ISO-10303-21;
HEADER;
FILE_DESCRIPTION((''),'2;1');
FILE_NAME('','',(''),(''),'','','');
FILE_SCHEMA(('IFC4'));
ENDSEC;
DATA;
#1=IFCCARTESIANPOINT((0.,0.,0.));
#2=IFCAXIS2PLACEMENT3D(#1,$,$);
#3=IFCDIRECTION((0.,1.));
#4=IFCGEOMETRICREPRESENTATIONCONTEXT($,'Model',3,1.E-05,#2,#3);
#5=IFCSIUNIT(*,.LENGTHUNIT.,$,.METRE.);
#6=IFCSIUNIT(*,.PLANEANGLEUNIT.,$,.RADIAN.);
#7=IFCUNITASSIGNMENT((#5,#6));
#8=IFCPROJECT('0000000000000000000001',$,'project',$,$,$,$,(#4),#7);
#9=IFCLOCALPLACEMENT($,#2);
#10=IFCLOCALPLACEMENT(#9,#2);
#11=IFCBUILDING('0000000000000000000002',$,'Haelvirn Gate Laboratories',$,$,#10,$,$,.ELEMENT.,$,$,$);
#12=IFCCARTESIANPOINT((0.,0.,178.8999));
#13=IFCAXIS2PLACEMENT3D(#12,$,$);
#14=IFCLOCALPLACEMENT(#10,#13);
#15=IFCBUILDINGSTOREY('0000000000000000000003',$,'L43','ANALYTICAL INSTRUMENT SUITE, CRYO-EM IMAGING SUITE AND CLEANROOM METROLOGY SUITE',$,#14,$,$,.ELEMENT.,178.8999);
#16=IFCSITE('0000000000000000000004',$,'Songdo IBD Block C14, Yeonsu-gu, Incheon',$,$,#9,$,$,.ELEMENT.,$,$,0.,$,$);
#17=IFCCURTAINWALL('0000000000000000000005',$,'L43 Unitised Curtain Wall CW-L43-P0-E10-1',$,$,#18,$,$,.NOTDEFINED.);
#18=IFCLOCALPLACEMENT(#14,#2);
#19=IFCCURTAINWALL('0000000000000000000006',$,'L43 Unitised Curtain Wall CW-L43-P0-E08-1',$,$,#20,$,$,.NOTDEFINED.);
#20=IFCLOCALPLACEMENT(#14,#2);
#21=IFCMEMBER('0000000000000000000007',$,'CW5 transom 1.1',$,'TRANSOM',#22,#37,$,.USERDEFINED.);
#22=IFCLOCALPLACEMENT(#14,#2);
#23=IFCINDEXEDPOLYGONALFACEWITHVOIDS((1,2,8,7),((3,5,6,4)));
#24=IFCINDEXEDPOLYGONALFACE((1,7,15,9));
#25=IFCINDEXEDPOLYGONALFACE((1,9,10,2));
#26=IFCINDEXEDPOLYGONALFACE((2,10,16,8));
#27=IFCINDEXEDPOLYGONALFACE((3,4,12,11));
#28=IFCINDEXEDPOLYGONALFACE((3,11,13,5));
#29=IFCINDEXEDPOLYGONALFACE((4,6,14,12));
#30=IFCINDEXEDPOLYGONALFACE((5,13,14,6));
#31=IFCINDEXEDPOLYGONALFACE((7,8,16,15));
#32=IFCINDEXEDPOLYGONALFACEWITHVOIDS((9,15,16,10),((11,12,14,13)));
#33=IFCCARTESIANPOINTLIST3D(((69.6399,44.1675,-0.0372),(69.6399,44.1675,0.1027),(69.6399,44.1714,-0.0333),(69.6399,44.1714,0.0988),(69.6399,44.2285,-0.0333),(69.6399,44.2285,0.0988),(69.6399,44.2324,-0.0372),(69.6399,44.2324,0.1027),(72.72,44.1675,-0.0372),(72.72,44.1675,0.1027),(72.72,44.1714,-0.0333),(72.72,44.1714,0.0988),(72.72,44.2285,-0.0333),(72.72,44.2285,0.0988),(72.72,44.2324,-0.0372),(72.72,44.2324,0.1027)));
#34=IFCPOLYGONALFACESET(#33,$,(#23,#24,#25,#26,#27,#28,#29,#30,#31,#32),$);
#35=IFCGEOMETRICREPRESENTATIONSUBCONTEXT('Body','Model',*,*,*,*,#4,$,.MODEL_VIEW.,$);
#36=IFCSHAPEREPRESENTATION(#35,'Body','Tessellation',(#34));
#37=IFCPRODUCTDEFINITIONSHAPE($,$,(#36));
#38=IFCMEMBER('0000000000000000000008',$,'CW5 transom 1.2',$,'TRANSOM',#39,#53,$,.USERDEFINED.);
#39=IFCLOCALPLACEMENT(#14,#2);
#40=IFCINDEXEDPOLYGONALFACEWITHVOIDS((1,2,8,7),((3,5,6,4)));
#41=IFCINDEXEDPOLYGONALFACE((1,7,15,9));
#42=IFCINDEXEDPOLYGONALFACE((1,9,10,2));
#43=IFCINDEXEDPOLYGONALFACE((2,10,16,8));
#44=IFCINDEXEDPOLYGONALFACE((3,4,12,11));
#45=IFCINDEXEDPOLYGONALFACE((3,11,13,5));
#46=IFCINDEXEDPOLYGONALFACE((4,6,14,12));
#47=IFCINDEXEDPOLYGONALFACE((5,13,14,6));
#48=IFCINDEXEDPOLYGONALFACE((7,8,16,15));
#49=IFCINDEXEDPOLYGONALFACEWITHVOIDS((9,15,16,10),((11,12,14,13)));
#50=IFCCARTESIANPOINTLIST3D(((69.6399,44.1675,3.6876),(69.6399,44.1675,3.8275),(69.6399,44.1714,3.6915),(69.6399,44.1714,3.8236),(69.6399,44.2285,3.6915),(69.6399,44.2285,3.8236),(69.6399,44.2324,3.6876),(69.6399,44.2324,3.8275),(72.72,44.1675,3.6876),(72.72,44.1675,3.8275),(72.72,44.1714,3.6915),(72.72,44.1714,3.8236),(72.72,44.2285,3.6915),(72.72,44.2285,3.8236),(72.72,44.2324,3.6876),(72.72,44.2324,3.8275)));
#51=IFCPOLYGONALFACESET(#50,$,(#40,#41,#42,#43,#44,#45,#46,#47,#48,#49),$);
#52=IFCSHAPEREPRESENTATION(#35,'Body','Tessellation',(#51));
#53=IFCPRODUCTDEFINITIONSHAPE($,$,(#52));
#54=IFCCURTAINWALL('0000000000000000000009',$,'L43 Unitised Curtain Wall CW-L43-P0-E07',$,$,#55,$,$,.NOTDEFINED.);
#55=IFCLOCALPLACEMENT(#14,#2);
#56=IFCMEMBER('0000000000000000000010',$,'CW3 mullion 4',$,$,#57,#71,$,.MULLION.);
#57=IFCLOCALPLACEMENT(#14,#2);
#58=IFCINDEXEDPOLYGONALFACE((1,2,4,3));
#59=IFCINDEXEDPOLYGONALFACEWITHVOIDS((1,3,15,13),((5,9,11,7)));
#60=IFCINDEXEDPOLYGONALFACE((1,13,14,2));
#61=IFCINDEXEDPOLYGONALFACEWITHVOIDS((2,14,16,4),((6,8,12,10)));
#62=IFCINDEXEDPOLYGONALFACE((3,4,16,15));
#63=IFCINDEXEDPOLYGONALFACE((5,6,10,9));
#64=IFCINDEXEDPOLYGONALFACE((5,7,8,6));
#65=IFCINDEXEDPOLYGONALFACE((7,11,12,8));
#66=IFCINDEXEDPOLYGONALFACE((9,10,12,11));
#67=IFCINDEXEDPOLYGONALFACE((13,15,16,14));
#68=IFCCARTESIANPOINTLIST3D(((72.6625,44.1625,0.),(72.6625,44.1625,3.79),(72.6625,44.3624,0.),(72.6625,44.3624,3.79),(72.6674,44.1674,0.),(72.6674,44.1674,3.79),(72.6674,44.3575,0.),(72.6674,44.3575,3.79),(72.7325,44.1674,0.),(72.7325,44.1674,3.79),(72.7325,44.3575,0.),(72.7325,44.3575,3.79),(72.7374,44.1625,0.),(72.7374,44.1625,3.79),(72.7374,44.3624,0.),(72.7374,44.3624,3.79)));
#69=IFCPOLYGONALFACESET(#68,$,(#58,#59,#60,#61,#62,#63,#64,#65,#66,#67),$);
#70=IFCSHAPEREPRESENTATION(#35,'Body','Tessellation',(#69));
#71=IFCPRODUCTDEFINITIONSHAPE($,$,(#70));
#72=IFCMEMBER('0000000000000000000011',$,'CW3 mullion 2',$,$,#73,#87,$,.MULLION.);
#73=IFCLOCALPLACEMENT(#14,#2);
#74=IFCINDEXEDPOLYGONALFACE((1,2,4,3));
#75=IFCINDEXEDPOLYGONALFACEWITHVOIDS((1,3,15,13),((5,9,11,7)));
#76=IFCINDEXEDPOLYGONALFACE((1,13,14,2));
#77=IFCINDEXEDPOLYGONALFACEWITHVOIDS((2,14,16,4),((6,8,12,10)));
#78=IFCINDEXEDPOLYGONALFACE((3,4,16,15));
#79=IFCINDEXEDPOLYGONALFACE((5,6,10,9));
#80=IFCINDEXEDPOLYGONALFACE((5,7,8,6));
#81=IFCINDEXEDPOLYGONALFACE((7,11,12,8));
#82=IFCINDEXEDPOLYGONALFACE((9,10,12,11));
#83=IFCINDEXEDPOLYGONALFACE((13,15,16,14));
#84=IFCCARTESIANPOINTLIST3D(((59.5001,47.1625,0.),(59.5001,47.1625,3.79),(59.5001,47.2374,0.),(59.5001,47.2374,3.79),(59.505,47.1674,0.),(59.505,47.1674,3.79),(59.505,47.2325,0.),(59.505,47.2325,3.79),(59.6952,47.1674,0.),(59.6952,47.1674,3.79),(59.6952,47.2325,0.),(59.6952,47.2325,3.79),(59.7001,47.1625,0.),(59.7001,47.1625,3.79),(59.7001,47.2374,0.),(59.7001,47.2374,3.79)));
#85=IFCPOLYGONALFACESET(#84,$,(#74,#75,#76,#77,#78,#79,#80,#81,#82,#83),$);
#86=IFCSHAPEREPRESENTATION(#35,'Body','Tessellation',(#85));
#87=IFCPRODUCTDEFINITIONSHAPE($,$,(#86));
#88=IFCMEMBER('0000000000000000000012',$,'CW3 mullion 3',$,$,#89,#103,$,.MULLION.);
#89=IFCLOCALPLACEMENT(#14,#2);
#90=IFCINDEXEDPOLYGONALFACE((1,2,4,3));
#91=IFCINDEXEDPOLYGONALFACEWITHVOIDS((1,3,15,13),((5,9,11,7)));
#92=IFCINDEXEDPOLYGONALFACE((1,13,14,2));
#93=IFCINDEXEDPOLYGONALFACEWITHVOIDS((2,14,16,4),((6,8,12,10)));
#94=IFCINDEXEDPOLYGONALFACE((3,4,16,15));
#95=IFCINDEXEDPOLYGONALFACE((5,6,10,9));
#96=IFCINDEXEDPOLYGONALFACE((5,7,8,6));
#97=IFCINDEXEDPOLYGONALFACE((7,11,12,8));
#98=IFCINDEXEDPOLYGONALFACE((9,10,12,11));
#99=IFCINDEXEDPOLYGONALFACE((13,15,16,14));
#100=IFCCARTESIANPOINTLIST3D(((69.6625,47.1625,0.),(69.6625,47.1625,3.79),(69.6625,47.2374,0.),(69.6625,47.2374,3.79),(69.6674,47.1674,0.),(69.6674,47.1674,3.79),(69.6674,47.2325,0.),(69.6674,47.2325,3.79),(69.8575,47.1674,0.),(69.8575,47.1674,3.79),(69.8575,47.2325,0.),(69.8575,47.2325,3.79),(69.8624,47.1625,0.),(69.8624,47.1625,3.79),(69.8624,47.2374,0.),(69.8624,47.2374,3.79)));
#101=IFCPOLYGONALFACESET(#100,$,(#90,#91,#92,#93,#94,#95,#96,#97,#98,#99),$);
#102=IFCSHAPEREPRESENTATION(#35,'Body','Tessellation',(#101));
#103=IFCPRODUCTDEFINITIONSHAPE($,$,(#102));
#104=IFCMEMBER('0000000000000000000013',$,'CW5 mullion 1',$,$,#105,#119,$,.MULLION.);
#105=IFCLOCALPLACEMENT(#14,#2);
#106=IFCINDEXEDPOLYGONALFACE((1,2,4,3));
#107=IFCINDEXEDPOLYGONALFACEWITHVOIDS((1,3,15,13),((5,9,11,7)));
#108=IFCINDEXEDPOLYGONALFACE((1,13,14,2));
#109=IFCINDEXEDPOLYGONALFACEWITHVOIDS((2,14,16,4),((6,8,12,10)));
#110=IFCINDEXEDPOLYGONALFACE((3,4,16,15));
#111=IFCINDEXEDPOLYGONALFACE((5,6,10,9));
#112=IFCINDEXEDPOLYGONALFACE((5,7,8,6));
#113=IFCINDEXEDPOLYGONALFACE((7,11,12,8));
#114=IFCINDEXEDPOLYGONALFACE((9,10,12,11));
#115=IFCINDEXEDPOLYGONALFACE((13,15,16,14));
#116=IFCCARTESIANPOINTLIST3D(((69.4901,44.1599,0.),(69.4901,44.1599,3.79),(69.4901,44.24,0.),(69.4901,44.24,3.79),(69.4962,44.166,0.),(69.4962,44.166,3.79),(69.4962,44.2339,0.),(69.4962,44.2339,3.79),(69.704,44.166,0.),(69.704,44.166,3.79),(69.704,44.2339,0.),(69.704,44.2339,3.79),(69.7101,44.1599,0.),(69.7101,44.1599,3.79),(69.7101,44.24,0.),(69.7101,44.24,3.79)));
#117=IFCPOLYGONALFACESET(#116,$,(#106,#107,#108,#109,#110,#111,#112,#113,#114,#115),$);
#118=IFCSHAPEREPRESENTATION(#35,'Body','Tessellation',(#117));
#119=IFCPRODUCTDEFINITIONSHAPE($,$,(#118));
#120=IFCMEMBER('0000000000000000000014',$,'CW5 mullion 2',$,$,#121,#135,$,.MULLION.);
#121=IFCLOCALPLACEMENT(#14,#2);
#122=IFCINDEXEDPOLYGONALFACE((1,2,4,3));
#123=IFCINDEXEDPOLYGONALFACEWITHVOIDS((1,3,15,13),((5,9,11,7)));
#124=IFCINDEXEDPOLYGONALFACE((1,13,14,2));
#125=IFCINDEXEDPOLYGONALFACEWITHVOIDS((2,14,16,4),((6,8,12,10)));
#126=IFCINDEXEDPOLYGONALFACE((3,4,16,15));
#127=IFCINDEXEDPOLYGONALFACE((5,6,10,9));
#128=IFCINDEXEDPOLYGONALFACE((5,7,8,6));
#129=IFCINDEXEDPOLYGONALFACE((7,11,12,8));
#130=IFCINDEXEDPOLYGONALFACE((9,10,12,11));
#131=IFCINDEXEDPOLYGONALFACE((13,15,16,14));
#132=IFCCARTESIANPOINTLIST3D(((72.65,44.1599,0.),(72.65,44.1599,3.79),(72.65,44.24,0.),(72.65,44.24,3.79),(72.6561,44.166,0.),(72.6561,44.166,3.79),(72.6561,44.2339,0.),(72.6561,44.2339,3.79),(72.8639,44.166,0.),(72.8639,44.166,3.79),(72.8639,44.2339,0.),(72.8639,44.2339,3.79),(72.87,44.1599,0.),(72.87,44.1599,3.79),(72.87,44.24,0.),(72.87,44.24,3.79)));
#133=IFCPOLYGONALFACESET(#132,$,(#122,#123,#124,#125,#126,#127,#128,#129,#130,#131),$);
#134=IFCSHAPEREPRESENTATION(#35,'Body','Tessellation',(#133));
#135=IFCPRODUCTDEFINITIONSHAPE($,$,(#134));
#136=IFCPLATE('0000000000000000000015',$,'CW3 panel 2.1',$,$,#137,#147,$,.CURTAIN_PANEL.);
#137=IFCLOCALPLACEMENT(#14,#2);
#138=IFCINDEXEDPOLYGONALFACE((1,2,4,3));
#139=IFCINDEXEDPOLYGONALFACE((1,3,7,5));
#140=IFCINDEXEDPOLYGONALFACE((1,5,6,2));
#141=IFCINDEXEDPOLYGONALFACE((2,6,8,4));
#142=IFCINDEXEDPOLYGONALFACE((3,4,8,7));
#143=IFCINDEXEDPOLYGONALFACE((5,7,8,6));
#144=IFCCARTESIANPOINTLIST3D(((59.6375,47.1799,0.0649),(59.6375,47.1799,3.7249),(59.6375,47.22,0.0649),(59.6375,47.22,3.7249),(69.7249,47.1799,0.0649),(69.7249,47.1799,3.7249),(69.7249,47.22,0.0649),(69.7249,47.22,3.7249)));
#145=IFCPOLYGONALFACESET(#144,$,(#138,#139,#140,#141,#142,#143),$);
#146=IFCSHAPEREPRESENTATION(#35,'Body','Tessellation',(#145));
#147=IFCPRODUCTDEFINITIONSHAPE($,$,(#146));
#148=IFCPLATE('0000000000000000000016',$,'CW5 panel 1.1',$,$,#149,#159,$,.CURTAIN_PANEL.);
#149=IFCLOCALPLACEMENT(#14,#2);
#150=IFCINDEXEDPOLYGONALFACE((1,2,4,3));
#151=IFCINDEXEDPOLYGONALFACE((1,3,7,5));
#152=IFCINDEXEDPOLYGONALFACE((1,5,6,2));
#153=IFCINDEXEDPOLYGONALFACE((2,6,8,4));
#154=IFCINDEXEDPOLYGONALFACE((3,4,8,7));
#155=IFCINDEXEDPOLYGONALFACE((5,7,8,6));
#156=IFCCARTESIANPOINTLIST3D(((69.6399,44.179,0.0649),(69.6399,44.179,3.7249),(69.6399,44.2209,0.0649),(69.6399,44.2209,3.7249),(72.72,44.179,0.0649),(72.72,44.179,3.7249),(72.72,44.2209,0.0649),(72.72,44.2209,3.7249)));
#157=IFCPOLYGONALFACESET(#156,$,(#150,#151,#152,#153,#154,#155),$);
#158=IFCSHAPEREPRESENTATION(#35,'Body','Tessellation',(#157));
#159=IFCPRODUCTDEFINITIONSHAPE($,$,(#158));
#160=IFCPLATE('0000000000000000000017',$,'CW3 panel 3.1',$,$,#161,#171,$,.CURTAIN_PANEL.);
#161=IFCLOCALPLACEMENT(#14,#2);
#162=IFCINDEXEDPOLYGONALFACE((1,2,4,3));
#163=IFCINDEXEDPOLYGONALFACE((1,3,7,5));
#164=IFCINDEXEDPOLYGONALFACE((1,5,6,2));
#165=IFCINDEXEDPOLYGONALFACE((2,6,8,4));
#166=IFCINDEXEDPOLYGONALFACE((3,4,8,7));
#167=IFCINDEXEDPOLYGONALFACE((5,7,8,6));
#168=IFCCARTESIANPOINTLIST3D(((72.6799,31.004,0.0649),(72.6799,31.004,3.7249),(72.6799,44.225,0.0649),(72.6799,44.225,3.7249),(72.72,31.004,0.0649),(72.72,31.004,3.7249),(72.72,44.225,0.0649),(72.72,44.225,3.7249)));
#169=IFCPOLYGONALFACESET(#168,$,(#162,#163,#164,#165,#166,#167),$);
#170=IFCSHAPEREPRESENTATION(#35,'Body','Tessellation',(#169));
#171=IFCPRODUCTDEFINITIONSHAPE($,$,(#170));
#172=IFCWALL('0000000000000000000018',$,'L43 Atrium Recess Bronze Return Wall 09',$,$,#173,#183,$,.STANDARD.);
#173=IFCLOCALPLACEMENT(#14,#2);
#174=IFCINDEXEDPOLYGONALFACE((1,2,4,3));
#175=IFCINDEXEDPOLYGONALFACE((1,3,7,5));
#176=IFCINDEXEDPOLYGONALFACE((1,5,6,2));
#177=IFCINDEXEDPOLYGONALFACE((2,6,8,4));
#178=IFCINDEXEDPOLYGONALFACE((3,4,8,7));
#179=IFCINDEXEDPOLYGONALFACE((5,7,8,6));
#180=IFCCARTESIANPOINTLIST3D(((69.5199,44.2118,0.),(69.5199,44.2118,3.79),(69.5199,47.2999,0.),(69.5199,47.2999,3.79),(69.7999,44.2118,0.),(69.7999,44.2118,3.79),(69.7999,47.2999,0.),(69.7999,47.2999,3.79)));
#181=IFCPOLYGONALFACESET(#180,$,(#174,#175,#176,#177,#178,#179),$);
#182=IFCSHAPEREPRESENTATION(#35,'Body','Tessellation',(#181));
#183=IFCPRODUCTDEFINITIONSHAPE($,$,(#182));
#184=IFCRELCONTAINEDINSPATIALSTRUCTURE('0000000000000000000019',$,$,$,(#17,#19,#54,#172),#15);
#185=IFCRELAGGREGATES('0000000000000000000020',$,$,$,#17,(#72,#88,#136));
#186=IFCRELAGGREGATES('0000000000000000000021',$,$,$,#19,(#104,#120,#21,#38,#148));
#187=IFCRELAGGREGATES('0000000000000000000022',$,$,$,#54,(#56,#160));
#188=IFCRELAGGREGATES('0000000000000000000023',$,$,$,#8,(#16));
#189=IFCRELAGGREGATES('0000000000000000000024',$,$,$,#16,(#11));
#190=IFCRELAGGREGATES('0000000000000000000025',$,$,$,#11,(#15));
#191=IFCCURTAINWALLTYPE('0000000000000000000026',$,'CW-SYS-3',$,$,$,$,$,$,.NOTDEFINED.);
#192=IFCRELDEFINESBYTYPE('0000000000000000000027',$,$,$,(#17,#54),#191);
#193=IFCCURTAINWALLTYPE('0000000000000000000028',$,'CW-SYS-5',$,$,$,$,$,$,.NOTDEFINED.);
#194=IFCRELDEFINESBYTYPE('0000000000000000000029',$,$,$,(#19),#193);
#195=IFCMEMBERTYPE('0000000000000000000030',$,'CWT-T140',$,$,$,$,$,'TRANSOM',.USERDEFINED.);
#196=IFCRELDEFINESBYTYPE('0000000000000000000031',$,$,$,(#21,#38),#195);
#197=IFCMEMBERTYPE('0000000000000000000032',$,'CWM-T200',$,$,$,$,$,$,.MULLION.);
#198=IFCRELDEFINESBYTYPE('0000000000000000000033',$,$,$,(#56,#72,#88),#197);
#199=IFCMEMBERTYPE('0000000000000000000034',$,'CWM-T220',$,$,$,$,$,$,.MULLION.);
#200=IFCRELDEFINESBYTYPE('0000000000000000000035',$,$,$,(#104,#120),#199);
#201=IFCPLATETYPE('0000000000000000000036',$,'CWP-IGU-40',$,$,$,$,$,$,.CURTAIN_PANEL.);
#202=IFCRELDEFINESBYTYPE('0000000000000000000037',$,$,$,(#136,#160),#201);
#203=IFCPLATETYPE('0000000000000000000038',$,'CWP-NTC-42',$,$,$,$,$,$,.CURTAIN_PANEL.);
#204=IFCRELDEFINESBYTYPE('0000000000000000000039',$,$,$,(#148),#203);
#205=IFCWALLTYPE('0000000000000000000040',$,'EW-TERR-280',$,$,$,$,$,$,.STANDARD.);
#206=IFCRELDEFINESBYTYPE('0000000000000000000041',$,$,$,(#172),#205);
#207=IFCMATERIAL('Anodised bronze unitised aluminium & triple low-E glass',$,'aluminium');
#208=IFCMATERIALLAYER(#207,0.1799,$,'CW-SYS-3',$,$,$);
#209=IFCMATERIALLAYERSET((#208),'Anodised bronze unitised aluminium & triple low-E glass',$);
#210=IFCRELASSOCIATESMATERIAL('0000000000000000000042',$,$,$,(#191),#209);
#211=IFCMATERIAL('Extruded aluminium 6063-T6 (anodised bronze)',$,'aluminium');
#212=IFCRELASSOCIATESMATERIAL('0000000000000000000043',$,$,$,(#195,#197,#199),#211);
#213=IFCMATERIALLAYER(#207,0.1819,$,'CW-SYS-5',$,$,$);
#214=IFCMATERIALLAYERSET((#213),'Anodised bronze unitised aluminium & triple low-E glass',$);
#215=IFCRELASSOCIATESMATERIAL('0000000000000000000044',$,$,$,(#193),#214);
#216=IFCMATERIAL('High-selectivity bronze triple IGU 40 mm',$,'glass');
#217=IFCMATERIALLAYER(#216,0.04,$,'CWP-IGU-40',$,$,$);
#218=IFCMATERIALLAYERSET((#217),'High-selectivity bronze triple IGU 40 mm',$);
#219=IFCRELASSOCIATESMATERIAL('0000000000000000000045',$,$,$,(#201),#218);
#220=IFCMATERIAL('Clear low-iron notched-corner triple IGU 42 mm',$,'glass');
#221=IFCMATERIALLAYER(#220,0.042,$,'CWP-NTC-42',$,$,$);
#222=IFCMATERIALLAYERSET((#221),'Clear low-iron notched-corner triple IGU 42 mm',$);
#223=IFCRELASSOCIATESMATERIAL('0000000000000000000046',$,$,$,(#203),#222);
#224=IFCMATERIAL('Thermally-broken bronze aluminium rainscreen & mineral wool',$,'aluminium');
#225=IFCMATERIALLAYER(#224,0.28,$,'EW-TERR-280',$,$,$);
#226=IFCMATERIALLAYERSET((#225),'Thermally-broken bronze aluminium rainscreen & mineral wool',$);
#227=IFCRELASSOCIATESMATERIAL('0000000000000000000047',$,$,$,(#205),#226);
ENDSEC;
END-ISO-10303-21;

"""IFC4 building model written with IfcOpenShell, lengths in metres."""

from ifc_helpers import new_model, si_unit, direction, frame, frame_2d, origin, origin_2d, place, context, subcontext, project, spatial, rectangle, hollow_rectangle, extrude, source, transform, mapped, material, layer, layer_set, material_profile, profile_set, type_object, type_shapes, element, aggregate, save


model = new_model("IFC4")

# Units and contexts
model_context = context("Model", 3, precision=1e-05, world=origin(), true_north=direction((0.0, 1.0)))
body_context = subcontext(model_context, "Body", "Model", "MODEL_VIEW")
ifc_project = project(units=[si_unit("LENGTHUNIT", "METRE"), si_unit("PLANEANGLEUNIT", "RADIAN")], contexts=[model_context])

# Site, building, storey
site_placement = place(None, origin())
site = spatial("IfcSite", under=ifc_project, at=site_placement, Name="Songdo IBD Block C14, Yeonsu-gu, Incheon", CompositionType="ELEMENT", RefElevation=0.0)
building_placement = place(site_placement, origin())
building = spatial("IfcBuilding", under=site, at=building_placement, Name="Haelvirn Gate Laboratories", CompositionType="ELEMENT")
storey_placement = place(building_placement, frame((0.0, 0.0, 178.8999)))
storey = spatial("IfcBuildingStorey", under=building, at=storey_placement, Name="L43", Description="ANALYTICAL INSTRUMENT SUITE, CRYO-EM IMAGING SUITE AND CLEANROOM METROLOGY SUITE", CompositionType="ELEMENT", Elevation=178.8999)

# Curtain walls, members
ifc_material_1 = material(Name="Anodised bronze unitised aluminium & triple low-E glass", Category="aluminium")
ifc_layer_1 = layer(ifc_material_1, 0.1799, Name="CW-SYS-3")
ifc_layer_set_1 = layer_set([ifc_layer_1], Name="Anodised bronze unitised aluminium & triple low-E glass")
curtain_wall_type_1 = type_object("IfcCurtainWallType", Name="CW-SYS-3", PredefinedType="NOTDEFINED", material=ifc_layer_set_1)
curtain_wall_1_placement = place(storey_placement, origin())
curtain_wall_1 = element("IfcCurtainWall", 1, at=curtain_wall_1_placement, inside=storey, type_object=curtain_wall_type_1, Name="L43 Unitised Curtain Wall CW-L43-P0-E10-1", PredefinedType="NOTDEFINED")
ifc_material_2 = material(Name="Extruded aluminium 6063-T6 (anodised bronze)", Category="aluminium")
ifc_material_profile_1 = material_profile(ifc_material_2, hollow_rectangle(XDim=0.0649, YDim=0.1399, WallThickness=0.0039, at=origin_2d()), Name="CWT-140x65x4")
ifc_profile_set_1 = profile_set([ifc_material_profile_1], Name="Extruded aluminium 6063-T6 (anodised bronze)")
member_type_1 = type_object("IfcMemberType", Name="CWT-T140", ElementType="TRANSOM", PredefinedType="USERDEFINED", material=ifc_profile_set_1)
ifc_layer_2 = layer(ifc_material_1, 0.1819, Name="CW-SYS-5")
ifc_layer_set_2 = layer_set([ifc_layer_2], Name="Anodised bronze unitised aluminium & triple low-E glass")
curtain_wall_type_2 = type_object("IfcCurtainWallType", Name="CW-SYS-5", PredefinedType="NOTDEFINED", material=ifc_layer_set_2)
curtain_wall_2_placement = place(storey_placement, origin())
curtain_wall_2 = element("IfcCurtainWall", 2, at=curtain_wall_2_placement, inside=storey, type_object=curtain_wall_type_2, Name="L43 Unitised Curtain Wall CW-L43-P0-E08-1", PredefinedType="NOTDEFINED")
shared_shape_1 = source(origin(), body_context, "Body", "SweptSolid", [
    extrude(hollow_rectangle(XDim=0.0649, YDim=0.1399, WallThickness=0.0039, at=origin_2d()), origin(), (0.0, 0.0, 1.0), 3.0801),
])
member_1_placement = place(storey_placement, frame((69.6399, 44.2, 0.0327), z_axis=(1.0, 0.0, 0.0), x_axis=(0.0, 1.0, 0.0)))
member_1 = element("IfcMember", 3, at=member_1_placement, type_object=member_type_1, Name="CW5 transom 1.1", ObjectType="TRANSOM", PredefinedType="USERDEFINED", context=body_context, shape_type="MappedRepresentation", body=[
    mapped(shared_shape_1, transform((0.0, 0.0, 0.0), scale=1.0)),
])
member_2_placement = place(storey_placement, frame((69.6399, 44.2, 3.7576), z_axis=(1.0, 0.0, 0.0), x_axis=(0.0, 1.0, 0.0)))
member_2 = element("IfcMember", 4, at=member_2_placement, type_object=member_type_1, Name="CW5 transom 1.2", ObjectType="TRANSOM", PredefinedType="USERDEFINED", context=body_context, shape_type="MappedRepresentation", body=[
    mapped(shared_shape_1, transform((0.0, 0.0, 0.0), scale=1.0)),
])

# Curtain wall, member
curtain_wall_3_placement = place(storey_placement, origin())
curtain_wall_3 = element("IfcCurtainWall", 5, at=curtain_wall_3_placement, inside=storey, type_object=curtain_wall_type_1, Name="L43 Unitised Curtain Wall CW-L43-P0-E07", PredefinedType="NOTDEFINED")
ifc_material_profile_2 = material_profile(ifc_material_2, hollow_rectangle(XDim=0.075, YDim=0.2, WallThickness=0.0049, at=origin_2d()), Name="CWM-200x75x5")
ifc_profile_set_2 = profile_set([ifc_material_profile_2], Name="Extruded aluminium 6063-T6 (anodised bronze)")
member_type_2 = type_object("IfcMemberType", Name="CWM-T200", PredefinedType="MULLION", material=ifc_profile_set_2)
shared_shape_2 = source(origin(), body_context, "Body", "SweptSolid", [
    extrude(hollow_rectangle(XDim=0.075, YDim=0.2, WallThickness=0.0049, at=origin_2d()), origin(), (0.0, 0.0, 1.0), 3.79),
])
type_shapes(member_type_2, [shared_shape_2])
member_3_placement = place(storey_placement, frame((72.7, 44.2625, 0.0), z_axis=(0.0, 0.0, 1.0), x_axis=(-1.0, 0.0, 0.0)))
member_3 = element("IfcMember", 6, at=member_3_placement, type_object=member_type_2, Name="CW3 mullion 4", PredefinedType="MULLION", context=body_context, shape_type="MappedRepresentation", body=[
    mapped(shared_shape_2, transform((0.0, 0.0, 0.0), scale=1.0)),
])

# Members
member_4_placement = place(storey_placement, frame((59.6001, 47.2, 0.0), z_axis=(0.0, 0.0, 1.0), x_axis=(0.0, 1.0, 0.0)))
member_4 = element("IfcMember", 7, at=member_4_placement, type_object=member_type_2, Name="CW3 mullion 2", PredefinedType="MULLION", context=body_context, shape_type="MappedRepresentation", body=[
    mapped(shared_shape_2, transform((0.0, 0.0, 0.0), scale=1.0)),
])
member_5_placement = place(storey_placement, frame((69.7625, 47.2, 0.0), z_axis=(0.0, 0.0, 1.0), x_axis=(0.0, 1.0, 0.0)))
member_5 = element("IfcMember", 8, at=member_5_placement, type_object=member_type_2, Name="CW3 mullion 3", PredefinedType="MULLION", context=body_context, shape_type="MappedRepresentation", body=[
    mapped(shared_shape_2, transform((0.0, 0.0, 0.0), scale=1.0)),
])
ifc_material_profile_3 = material_profile(ifc_material_2, hollow_rectangle(XDim=0.0801, YDim=0.22, WallThickness=0.0061, at=origin_2d()), Name="CWM-220x80x6")
ifc_profile_set_3 = profile_set([ifc_material_profile_3], Name="Extruded aluminium 6063-T6 (anodised bronze)")
member_type_3 = type_object("IfcMemberType", Name="CWM-T220", PredefinedType="MULLION", material=ifc_profile_set_3)
shared_shape_3 = source(origin(), body_context, "Body", "SweptSolid", [
    extrude(hollow_rectangle(XDim=0.0801, YDim=0.22, WallThickness=0.0061, at=origin_2d()), origin(), (0.0, 0.0, 1.0), 3.79),
])
type_shapes(member_type_3, [shared_shape_3])
member_6_placement = place(storey_placement, frame((69.6001, 44.2, 0.0), z_axis=(0.0, 0.0, 1.0), x_axis=(0.0, 1.0, 0.0)))
member_6 = element("IfcMember", 9, at=member_6_placement, type_object=member_type_3, Name="CW5 mullion 1", PredefinedType="MULLION", context=body_context, shape_type="MappedRepresentation", body=[
    mapped(shared_shape_3, transform((0.0, 0.0, 0.0), scale=1.0)),
])
member_7_placement = place(storey_placement, frame((72.76, 44.2, 0.0), z_axis=(0.0, 0.0, 1.0), x_axis=(0.0, 1.0, 0.0)))
member_7 = element("IfcMember", 10, at=member_7_placement, type_object=member_type_3, Name="CW5 mullion 2", PredefinedType="MULLION", context=body_context, shape_type="MappedRepresentation", body=[
    mapped(shared_shape_3, transform((0.0, 0.0, 0.0), scale=1.0)),
])

# Plates
ifc_material_3 = material(Name="High-selectivity bronze triple IGU 40 mm", Category="glass")
ifc_layer_3 = layer(ifc_material_3, 0.04, Name="CWP-IGU-40")
ifc_layer_set_3 = layer_set([ifc_layer_3], Name="High-selectivity bronze triple IGU 40 mm")
plate_type_1 = type_object("IfcPlateType", Name="CWP-IGU-40", PredefinedType="CURTAIN_PANEL", material=ifc_layer_set_3)
shared_shape_4 = source(origin(), body_context, "Body", "SweptSolid", [
    extrude(rectangle(XDim=10.0874, YDim=0.04, at=origin_2d()), origin(), (0.0, 0.0, 1.0), 3.6599),
])
plate_1_placement = place(storey_placement, frame((64.6812, 47.2, 0.0649), z_axis=(0.0, 0.0, 1.0), x_axis=(1.0, 0.0, 0.0)))
plate_1 = element("IfcPlate", 11, at=plate_1_placement, type_object=plate_type_1, Name="CW3 panel 2.1", PredefinedType="CURTAIN_PANEL", context=body_context, shape_type="MappedRepresentation", body=[
    mapped(shared_shape_4, transform((0.0, 0.0, 0.0), scale=1.0)),
])
aggregate(curtain_wall_1, [member_4, member_5, plate_1])
ifc_material_4 = material(Name="Clear low-iron notched-corner triple IGU 42 mm", Category="glass")
ifc_layer_4 = layer(ifc_material_4, 0.042, Name="CWP-NTC-42")
ifc_layer_set_4 = layer_set([ifc_layer_4], Name="Clear low-iron notched-corner triple IGU 42 mm")
plate_type_2 = type_object("IfcPlateType", Name="CWP-NTC-42", PredefinedType="CURTAIN_PANEL", material=ifc_layer_set_4)
shared_shape_5 = source(origin(), body_context, "Body", "SweptSolid", [
    extrude(rectangle(XDim=3.0801, YDim=0.042, at=origin_2d()), origin(), (0.0, 0.0, 1.0), 3.6599),
])
type_shapes(plate_type_2, [shared_shape_5])
plate_2_placement = place(storey_placement, frame((71.1799, 44.2, 0.0649), z_axis=(0.0, 0.0, 1.0), x_axis=(1.0, 0.0, 0.0)))
plate_2 = element("IfcPlate", 12, at=plate_2_placement, type_object=plate_type_2, Name="CW5 panel 1.1", PredefinedType="CURTAIN_PANEL", context=body_context, shape_type="MappedRepresentation", body=[
    mapped(shared_shape_5, transform((0.0, 0.0, 0.0), scale=1.0)),
])
aggregate(curtain_wall_2, [member_6, member_7, member_1, member_2, plate_2])
shared_shape_6 = source(origin(), body_context, "Body", "SweptSolid", [
    extrude(rectangle(XDim=13.2209, YDim=0.04, at=origin_2d()), origin(), (0.0, 0.0, 1.0), 3.6599),
])
type_shapes(plate_type_1, [shared_shape_4, shared_shape_6])
plate_3_placement = place(storey_placement, frame((72.7, 37.6145, 0.0649), z_axis=(0.0, 0.0, 1.0), x_axis=(0.0, 1.0, 0.0)))
plate_3 = element("IfcPlate", 13, at=plate_3_placement, type_object=plate_type_1, Name="CW3 panel 3.1", PredefinedType="CURTAIN_PANEL", context=body_context, shape_type="MappedRepresentation", body=[
    mapped(shared_shape_6, transform((0.0, 0.0, 0.0), scale=1.0)),
])
aggregate(curtain_wall_3, [member_3, plate_3])

# Wall
ifc_material_5 = material(Name="Thermally-broken bronze aluminium rainscreen & mineral wool", Category="aluminium")
ifc_layer_5 = layer(ifc_material_5, 0.28, Name="EW-TERR-280")
ifc_layer_set_5 = layer_set([ifc_layer_5], Name="Thermally-broken bronze aluminium rainscreen & mineral wool")
wall_type_1 = type_object("IfcWallType", Name="EW-TERR-280", PredefinedType="STANDARD", material=ifc_layer_set_5)
wall_1_placement = place(storey_placement, frame((69.6599, 44.2119, 0.0), z_axis=(0.0, 0.0, 1.0), x_axis=(0.0, 1.0, 0.0)))
element("IfcWall", 14, at=wall_1_placement, inside=storey, type_object=wall_type_1, Name="L43 Atrium Recess Bronze Return Wall 09", PredefinedType="STANDARD", context=body_context, shape_type="SweptSolid", body=[
    extrude(rectangle(XDim=3.0881, YDim=0.28, at=frame_2d((1.5439, 0.0))), origin(), (0.0, 0.0, 1.0), 3.79),
])

save(model, "model.ifc")
